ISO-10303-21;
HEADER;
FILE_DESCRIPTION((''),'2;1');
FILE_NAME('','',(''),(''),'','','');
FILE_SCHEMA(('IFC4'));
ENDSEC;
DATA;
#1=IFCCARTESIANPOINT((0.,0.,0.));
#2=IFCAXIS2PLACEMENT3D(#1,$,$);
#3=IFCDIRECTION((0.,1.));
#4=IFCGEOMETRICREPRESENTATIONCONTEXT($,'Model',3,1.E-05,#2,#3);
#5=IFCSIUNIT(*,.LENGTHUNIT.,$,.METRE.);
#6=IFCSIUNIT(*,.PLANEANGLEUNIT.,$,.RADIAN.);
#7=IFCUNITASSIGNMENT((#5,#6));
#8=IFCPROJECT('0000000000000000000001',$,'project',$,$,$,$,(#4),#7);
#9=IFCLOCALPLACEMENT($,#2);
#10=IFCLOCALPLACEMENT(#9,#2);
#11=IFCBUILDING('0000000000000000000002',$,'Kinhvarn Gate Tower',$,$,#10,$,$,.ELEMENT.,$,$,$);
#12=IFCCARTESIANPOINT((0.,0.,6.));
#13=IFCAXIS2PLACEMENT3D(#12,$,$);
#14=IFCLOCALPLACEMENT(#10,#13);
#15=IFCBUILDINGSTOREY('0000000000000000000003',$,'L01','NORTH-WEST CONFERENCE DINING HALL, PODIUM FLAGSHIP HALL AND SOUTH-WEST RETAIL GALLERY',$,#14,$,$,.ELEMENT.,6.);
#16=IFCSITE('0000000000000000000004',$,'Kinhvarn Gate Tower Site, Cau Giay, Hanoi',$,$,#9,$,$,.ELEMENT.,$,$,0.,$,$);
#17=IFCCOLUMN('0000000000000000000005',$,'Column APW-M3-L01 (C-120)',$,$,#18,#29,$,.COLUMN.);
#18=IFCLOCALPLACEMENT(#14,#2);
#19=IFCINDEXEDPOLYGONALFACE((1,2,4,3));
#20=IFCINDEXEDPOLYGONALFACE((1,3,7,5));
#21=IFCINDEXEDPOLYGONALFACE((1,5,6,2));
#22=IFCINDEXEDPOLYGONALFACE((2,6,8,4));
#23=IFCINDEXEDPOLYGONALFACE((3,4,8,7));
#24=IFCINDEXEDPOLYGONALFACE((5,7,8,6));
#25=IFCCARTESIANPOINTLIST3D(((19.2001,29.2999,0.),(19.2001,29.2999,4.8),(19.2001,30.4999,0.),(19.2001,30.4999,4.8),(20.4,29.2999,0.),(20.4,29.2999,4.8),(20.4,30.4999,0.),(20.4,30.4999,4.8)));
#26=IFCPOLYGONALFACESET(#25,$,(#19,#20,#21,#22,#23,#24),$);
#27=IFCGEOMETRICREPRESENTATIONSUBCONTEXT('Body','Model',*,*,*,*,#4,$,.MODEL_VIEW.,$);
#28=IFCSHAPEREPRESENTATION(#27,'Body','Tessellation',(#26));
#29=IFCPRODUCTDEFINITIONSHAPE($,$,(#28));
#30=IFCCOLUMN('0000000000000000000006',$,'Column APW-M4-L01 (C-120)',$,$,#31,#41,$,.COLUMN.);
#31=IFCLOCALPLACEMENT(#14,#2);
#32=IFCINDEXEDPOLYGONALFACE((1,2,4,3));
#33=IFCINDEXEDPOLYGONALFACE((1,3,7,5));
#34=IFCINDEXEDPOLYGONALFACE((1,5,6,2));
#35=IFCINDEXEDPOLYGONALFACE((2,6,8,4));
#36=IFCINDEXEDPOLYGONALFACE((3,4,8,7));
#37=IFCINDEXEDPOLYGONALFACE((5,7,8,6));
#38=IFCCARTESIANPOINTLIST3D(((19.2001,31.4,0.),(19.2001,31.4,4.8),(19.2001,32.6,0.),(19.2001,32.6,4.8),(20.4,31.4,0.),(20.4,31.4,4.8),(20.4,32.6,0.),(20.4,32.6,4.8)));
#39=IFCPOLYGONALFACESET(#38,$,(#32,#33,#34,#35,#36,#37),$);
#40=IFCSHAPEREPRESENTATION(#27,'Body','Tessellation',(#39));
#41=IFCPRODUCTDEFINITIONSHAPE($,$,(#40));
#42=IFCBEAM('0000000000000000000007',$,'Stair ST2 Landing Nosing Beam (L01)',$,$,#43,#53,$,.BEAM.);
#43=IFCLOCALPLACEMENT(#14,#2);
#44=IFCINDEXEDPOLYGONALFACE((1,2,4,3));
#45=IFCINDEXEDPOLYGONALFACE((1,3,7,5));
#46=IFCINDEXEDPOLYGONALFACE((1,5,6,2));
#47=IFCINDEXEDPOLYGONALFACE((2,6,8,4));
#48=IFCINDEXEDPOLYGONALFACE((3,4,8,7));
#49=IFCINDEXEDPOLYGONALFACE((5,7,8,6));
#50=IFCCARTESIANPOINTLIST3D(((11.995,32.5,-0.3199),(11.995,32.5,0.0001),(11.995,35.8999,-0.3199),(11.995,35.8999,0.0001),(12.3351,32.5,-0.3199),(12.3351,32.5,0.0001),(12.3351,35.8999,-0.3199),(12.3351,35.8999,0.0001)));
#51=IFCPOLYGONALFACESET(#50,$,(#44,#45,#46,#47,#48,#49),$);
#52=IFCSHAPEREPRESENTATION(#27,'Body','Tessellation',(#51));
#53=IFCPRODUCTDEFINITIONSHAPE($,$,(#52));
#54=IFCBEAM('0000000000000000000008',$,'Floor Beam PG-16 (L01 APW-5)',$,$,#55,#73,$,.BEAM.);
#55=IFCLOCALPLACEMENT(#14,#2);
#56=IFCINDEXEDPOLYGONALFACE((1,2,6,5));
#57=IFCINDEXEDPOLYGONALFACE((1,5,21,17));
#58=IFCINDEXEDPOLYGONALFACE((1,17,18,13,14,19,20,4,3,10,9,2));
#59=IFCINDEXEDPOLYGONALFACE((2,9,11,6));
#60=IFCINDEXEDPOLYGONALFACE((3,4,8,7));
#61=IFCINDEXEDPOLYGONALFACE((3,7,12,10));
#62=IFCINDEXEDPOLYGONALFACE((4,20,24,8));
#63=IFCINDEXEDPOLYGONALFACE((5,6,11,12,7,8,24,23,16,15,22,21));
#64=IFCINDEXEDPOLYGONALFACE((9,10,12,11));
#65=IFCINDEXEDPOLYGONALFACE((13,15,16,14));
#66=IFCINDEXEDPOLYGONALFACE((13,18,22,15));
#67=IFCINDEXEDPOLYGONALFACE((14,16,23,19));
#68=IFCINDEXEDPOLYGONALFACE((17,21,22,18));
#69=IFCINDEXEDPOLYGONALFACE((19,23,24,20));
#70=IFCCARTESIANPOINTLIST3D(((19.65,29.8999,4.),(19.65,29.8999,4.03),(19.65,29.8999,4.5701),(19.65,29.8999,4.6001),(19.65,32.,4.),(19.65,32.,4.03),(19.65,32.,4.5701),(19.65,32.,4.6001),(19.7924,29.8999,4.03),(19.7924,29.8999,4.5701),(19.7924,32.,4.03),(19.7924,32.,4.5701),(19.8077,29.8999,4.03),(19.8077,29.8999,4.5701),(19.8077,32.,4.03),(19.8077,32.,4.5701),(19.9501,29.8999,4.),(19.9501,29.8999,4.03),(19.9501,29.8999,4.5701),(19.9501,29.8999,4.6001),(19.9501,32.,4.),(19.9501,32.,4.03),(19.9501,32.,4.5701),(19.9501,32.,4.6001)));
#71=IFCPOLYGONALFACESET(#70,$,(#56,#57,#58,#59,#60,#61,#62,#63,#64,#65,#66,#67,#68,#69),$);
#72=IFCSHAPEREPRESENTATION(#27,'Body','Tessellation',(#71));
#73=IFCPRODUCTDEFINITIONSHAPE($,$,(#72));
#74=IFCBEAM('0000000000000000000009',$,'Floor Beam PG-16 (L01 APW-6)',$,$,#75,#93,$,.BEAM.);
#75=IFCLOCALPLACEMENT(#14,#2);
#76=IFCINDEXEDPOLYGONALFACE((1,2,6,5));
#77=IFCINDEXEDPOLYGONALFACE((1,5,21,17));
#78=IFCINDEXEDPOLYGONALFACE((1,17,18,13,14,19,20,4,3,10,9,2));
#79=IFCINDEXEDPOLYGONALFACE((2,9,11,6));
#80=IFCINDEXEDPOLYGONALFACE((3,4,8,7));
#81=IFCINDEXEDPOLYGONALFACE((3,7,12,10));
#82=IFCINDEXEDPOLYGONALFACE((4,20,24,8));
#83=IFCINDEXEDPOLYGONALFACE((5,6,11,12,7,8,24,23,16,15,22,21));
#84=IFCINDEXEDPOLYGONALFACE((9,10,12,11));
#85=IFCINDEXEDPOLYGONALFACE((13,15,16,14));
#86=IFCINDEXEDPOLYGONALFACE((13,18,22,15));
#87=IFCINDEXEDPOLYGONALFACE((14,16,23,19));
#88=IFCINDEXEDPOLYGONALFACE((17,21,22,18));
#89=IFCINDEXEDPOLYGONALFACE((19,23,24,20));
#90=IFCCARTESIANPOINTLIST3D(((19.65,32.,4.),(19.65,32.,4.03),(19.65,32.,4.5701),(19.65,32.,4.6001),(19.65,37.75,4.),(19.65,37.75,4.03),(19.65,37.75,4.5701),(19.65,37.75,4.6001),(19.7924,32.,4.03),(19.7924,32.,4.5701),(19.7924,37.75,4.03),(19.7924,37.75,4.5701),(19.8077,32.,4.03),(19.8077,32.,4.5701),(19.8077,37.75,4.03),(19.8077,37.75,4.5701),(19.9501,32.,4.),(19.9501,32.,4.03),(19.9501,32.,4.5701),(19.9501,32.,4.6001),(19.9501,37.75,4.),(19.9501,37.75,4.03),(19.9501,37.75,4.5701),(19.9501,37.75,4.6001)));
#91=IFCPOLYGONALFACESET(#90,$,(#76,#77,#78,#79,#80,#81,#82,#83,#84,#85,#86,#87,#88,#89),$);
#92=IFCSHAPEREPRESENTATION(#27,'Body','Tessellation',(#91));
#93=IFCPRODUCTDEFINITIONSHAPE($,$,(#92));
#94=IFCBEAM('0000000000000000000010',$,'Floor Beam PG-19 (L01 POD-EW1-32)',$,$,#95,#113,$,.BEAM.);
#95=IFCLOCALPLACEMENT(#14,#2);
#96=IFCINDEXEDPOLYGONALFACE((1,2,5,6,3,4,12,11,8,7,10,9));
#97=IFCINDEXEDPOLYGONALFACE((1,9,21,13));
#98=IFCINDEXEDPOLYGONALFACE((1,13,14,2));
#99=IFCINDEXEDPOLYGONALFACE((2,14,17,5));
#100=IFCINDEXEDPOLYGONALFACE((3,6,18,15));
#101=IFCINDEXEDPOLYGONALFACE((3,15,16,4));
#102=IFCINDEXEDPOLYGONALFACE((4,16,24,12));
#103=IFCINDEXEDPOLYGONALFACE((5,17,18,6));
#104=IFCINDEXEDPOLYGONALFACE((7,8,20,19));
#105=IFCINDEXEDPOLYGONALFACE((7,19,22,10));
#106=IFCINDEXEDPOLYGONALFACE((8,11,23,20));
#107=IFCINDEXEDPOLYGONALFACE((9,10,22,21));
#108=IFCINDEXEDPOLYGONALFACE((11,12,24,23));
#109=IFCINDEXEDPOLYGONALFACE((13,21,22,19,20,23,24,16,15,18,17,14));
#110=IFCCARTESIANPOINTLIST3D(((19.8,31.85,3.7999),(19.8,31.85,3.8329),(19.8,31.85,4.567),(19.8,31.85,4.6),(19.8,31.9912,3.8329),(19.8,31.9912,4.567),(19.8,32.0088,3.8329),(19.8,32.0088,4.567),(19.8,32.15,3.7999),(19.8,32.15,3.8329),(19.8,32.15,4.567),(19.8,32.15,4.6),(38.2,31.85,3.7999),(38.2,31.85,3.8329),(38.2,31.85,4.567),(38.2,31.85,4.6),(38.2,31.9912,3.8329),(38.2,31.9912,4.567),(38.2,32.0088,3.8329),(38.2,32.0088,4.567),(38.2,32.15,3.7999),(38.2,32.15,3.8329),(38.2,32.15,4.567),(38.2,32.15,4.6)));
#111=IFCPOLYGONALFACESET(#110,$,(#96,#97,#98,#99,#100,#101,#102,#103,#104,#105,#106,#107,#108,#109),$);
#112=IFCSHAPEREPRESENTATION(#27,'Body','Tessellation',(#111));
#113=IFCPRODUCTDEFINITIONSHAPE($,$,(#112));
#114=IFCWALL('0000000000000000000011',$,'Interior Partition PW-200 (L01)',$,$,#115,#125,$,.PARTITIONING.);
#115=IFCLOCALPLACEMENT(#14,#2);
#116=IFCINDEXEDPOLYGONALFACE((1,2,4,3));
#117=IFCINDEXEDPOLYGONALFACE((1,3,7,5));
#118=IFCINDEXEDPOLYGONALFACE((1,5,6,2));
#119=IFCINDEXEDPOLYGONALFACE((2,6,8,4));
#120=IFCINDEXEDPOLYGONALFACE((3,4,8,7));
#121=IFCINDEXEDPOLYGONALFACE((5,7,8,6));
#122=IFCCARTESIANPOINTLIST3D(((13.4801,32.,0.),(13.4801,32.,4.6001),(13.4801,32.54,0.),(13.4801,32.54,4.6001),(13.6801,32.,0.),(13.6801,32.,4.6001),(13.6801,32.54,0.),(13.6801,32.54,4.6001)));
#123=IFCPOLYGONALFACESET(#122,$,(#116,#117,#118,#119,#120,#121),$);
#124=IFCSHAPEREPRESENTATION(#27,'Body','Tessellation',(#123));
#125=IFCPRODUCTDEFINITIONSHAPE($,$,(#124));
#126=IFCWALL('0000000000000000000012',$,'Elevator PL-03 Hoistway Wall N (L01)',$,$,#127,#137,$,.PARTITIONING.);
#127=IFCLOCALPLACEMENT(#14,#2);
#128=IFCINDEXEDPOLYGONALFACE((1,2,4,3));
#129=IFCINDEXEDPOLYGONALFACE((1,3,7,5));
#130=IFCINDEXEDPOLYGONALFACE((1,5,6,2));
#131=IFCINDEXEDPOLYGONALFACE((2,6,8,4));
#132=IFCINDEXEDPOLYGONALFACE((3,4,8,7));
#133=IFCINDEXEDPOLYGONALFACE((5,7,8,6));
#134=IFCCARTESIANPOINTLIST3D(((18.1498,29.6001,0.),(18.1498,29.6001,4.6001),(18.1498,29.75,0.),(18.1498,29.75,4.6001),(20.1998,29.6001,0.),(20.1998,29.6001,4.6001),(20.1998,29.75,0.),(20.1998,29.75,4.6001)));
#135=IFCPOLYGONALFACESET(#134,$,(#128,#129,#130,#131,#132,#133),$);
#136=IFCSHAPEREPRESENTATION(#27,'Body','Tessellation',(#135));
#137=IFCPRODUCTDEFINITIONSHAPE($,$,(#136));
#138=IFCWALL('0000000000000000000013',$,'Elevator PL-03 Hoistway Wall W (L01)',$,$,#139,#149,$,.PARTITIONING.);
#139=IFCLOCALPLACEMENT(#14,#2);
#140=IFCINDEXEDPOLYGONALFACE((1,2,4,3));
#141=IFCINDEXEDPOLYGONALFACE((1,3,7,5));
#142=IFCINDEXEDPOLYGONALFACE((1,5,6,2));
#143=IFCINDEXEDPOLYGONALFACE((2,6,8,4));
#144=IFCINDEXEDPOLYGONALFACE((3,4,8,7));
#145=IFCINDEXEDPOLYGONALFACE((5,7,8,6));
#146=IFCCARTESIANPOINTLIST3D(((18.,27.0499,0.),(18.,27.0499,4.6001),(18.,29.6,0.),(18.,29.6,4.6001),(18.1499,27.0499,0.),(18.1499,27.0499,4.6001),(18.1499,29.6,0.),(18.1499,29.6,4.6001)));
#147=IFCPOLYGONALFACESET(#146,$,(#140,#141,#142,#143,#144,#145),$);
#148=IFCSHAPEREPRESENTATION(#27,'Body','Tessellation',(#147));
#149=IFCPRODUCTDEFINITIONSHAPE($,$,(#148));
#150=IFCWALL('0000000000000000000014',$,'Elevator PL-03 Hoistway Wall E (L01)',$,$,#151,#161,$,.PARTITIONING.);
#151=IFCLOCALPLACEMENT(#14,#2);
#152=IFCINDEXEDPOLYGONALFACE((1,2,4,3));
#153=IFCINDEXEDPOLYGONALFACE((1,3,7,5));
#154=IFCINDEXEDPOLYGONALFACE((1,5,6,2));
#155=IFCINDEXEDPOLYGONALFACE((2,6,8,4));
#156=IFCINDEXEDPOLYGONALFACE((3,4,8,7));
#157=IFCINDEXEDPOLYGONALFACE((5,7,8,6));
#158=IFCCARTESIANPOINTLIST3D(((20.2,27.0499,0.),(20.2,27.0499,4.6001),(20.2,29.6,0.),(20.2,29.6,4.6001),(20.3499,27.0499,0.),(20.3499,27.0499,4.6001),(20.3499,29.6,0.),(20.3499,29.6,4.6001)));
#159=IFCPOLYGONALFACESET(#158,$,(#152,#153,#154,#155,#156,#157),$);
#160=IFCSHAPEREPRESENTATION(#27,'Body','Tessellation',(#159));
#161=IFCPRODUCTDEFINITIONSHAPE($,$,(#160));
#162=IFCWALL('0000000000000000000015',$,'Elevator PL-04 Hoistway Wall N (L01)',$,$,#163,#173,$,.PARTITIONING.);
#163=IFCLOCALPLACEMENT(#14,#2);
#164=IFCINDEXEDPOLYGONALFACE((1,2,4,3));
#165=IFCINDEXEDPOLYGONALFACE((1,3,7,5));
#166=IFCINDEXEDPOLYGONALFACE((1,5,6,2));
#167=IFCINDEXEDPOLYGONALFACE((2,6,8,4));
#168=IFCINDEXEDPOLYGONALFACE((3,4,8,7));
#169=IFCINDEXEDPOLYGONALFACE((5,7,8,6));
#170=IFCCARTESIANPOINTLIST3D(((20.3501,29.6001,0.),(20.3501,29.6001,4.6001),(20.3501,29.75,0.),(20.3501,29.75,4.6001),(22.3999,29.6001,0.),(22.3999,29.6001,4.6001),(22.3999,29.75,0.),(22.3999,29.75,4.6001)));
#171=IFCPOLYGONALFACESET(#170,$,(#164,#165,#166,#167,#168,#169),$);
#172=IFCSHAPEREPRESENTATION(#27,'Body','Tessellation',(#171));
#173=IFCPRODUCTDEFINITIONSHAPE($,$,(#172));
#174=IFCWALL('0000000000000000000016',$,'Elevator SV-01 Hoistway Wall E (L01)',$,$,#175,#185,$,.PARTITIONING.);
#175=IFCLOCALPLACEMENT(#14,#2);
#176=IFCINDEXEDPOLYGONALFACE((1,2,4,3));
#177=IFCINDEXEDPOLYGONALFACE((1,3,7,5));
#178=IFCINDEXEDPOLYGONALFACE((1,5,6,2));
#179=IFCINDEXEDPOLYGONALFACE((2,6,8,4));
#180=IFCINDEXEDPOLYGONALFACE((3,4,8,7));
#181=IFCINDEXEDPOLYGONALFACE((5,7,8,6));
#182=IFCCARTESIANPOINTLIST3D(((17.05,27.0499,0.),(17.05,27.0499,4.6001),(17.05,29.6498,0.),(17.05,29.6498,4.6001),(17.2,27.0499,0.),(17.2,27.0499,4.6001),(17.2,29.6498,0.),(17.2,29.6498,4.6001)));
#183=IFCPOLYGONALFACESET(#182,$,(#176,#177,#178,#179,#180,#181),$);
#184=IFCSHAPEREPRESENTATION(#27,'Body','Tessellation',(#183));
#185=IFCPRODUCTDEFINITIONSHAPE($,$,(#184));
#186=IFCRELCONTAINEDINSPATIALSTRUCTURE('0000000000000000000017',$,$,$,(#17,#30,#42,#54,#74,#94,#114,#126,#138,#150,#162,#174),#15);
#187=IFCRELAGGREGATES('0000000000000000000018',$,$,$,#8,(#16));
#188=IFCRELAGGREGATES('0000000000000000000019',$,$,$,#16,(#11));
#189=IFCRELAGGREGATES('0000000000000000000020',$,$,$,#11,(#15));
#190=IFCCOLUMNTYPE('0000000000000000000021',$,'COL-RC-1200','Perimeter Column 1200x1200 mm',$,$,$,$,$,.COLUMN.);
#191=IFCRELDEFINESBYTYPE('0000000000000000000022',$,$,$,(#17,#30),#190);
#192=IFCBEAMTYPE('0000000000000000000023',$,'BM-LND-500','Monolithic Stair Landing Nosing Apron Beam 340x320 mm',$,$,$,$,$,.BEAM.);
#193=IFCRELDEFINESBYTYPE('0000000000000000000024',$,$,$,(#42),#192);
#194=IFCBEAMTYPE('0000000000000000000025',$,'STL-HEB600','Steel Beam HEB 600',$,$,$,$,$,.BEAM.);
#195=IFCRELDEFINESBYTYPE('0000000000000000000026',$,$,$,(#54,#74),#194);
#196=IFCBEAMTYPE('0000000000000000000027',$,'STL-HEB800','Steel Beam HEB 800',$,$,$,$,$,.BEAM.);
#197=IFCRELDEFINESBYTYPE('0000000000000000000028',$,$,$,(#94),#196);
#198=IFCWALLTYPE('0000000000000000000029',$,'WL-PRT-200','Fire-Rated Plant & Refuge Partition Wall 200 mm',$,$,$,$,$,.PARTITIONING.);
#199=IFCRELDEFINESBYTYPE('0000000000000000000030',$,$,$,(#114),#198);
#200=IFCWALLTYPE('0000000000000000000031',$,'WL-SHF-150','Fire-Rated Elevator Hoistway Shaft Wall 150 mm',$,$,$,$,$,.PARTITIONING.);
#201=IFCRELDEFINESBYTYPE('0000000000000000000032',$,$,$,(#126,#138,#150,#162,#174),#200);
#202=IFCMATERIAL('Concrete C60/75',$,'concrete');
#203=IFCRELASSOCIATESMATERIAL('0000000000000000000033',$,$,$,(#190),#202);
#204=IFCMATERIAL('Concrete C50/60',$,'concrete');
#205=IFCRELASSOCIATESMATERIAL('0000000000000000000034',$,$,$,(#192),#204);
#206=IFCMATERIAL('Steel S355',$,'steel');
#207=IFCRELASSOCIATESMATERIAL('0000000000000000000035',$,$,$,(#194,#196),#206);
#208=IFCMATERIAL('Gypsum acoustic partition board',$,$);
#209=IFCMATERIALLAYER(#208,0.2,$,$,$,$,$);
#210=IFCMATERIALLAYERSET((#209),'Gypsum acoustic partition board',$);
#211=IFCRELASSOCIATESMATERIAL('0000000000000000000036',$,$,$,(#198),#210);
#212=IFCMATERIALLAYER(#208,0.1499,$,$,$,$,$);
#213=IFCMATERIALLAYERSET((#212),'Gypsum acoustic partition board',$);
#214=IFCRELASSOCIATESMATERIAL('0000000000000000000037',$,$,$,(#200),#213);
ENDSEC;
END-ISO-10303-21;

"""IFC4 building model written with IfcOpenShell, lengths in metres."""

from ifc_helpers import new_model, si_unit, direction, frame, frame_2d, origin, origin_2d, place, context, subcontext, project, spatial, rectangle, i_section, extrude, material, layer, layer_set, material_profile, profile_set, type_object, element, save


model = new_model("IFC4")

# Units and contexts
model_context = context("Model", 3, precision=1e-05, world=origin(), true_north=direction((0.0, 1.0)))
body_context = subcontext(model_context, "Body", "Model", "MODEL_VIEW")
ifc_project = project(units=[si_unit("LENGTHUNIT", "METRE"), si_unit("PLANEANGLEUNIT", "RADIAN")], contexts=[model_context])

# Site, building, storey
site_placement = place(None, origin())
site = spatial("IfcSite", under=ifc_project, at=site_placement, Name="Kinhvarn Gate Tower Site, Cau Giay, Hanoi", CompositionType="ELEMENT", RefElevation=0.0)
building_placement = place(site_placement, origin())
building = spatial("IfcBuilding", under=site, at=building_placement, Name="Kinhvarn Gate Tower", CompositionType="ELEMENT")
storey_placement = place(building_placement, frame((0.0, 0.0, 6.0)))
storey = spatial("IfcBuildingStorey", under=building, at=storey_placement, Name="L01", Description="NORTH-WEST CONFERENCE DINING HALL, PODIUM FLAGSHIP HALL AND SOUTH-WEST RETAIL GALLERY", CompositionType="ELEMENT", Elevation=6.0)

# Columns
ifc_material_1 = material(Name="Concrete C60/75", Category="concrete")
ifc_material_profile_1 = material_profile(ifc_material_1, rectangle(XDim=1.2, YDim=1.2, at=origin_2d()), Name="RC 1200x1200")
ifc_profile_set_1 = profile_set([ifc_material_profile_1], Name="Concrete C60/75")
column_type = type_object("IfcColumnType", Name="COL-RC-1200", Description="Perimeter Column 1200x1200 mm", PredefinedType="COLUMN", material=ifc_profile_set_1)
for number, where, z_axis, x_axis, name in (
    (1, (19.8, 29.8999, 0.0), (0.0, 0.0, 1.0), (1.0, 0.0, 0.0), "Column APW-M3-L01 (C-120)"),
    (2, (19.8, 32.0, 0.0), (0.0, 0.0, 1.0), (1.0, 0.0, 0.0), "Column APW-M4-L01 (C-120)"),
):
    element("IfcColumn", number, at=place(storey_placement, frame(where, z_axis=z_axis, x_axis=x_axis)), inside=storey, type_object=column_type, Name=name, PredefinedType="COLUMN", context=body_context, shape_type="SweptSolid", body=[
        extrude(rectangle(XDim=1.2, YDim=1.2, at=origin_2d()), origin(), (0.0, 0.0, 1.0), 4.8),
    ])

# Beams
ifc_material_2 = material(Name="Concrete C50/60", Category="concrete")
ifc_material_profile_2 = material_profile(ifc_material_2, rectangle(XDim=0.3401, YDim=0.3201, at=origin_2d()), Name="RC 340x320")
ifc_profile_set_2 = profile_set([ifc_material_profile_2], Name="Concrete C50/60")
beam_type_1 = type_object("IfcBeamType", Name="BM-LND-500", Description="Monolithic Stair Landing Nosing Apron Beam 340x320 mm", PredefinedType="BEAM", material=ifc_profile_set_2)
beam_1_placement = place(storey_placement, frame((12.165, 32.5, -0.1599), z_axis=(0.0, 1.0, 0.0), x_axis=(-1.0, 0.0, 0.0)))
element("IfcBeam", 3, at=beam_1_placement, inside=storey, type_object=beam_type_1, Name="Stair ST2 Landing Nosing Beam (L01)", PredefinedType="BEAM", context=body_context, shape_type="SweptSolid", body=[
    extrude(rectangle(XDim=0.3401, YDim=0.3201, at=origin_2d()), origin(), (0.0, 0.0, 1.0), 3.3999),
])
ifc_material_3 = material(Name="Steel S355", Category="steel")
ifc_material_profile_3 = material_profile(ifc_material_3, i_section(OverallWidth=0.3, OverallDepth=0.6001, WebThickness=0.0154, FlangeThickness=0.03, at=origin_2d()), Name="HEB 600")
ifc_profile_set_3 = profile_set([ifc_material_profile_3], Name="Steel S355")
beam_type_2 = type_object("IfcBeamType", Name="STL-HEB600", Description="Steel Beam HEB 600", PredefinedType="BEAM", material=ifc_profile_set_3)
beam_2_placement = place(storey_placement, frame((19.8, 29.8999, 4.3), z_axis=(0.0, 1.0, 0.0), x_axis=(-1.0, 0.0, 0.0)))
element("IfcBeam", 4, at=beam_2_placement, inside=storey, type_object=beam_type_2, Name="Floor Beam PG-16 (L01 APW-5)", PredefinedType="BEAM", context=body_context, shape_type="SweptSolid", body=[
    extrude(i_section(OverallWidth=0.3, OverallDepth=0.6001, WebThickness=0.0154, FlangeThickness=0.03, at=origin_2d()), origin(), (0.0, 0.0, 1.0), 2.1001),
])
beam_3_placement = place(storey_placement, frame((19.8, 32.0, 4.3), z_axis=(0.0, 1.0, 0.0), x_axis=(-1.0, 0.0, 0.0)))
element("IfcBeam", 5, at=beam_3_placement, inside=storey, type_object=beam_type_2, Name="Floor Beam PG-16 (L01 APW-6)", PredefinedType="BEAM", context=body_context, shape_type="SweptSolid", body=[
    extrude(i_section(OverallWidth=0.3, OverallDepth=0.6001, WebThickness=0.0154, FlangeThickness=0.03, at=origin_2d()), origin(), (0.0, 0.0, 1.0), 5.75),
])
ifc_material_profile_4 = material_profile(ifc_material_3, i_section(OverallWidth=0.3, OverallDepth=0.8, WebThickness=0.0176, FlangeThickness=0.033, at=origin_2d()), Name="HEB 800")
ifc_profile_set_4 = profile_set([ifc_material_profile_4], Name="Steel S355")
beam_type_3 = type_object("IfcBeamType", Name="STL-HEB800", Description="Steel Beam HEB 800", PredefinedType="BEAM", material=ifc_profile_set_4)
beam_4_placement = place(storey_placement, frame((19.8, 32.0, 4.2), z_axis=(1.0, 0.0, 0.0), x_axis=(0.0, 1.0, 0.0)))
element("IfcBeam", 6, at=beam_4_placement, inside=storey, type_object=beam_type_3, Name="Floor Beam PG-19 (L01 POD-EW1-32)", PredefinedType="BEAM", context=body_context, shape_type="SweptSolid", body=[
    extrude(i_section(OverallWidth=0.3, OverallDepth=0.8, WebThickness=0.0176, FlangeThickness=0.033, at=origin_2d()), origin(), (0.0, 0.0, 1.0), 18.3999),
])

# Walls
ifc_material_4 = material(Name="Gypsum acoustic partition board")
ifc_layer_1 = layer(ifc_material_4, 0.2)
ifc_layer_set_1 = layer_set([ifc_layer_1], Name="Gypsum acoustic partition board")
wall_type_1 = type_object("IfcWallType", Name="WL-PRT-200", Description="Fire-Rated Plant & Refuge Partition Wall 200 mm", PredefinedType="PARTITIONING", material=ifc_layer_set_1)
wall_1_placement = place(storey_placement, frame((13.5801, 32.0, 0.0), z_axis=(0.0, 0.0, 1.0), x_axis=(0.0, 1.0, 0.0)))
element("IfcWall", 7, at=wall_1_placement, inside=storey, type_object=wall_type_1, Name="Interior Partition PW-200 (L01)", PredefinedType="PARTITIONING", context=body_context, shape_type="SweptSolid", body=[
    extrude(rectangle(XDim=0.54, YDim=0.2, at=frame_2d((0.27, 0.0))), origin(), (0.0, 0.0, 1.0), 4.6001),
])
ifc_layer_2 = layer(ifc_material_4, 0.1499)
ifc_layer_set_2 = layer_set([ifc_layer_2], Name="Gypsum acoustic partition board")
wall_type_2 = type_object("IfcWallType", Name="WL-SHF-150", Description="Fire-Rated Elevator Hoistway Shaft Wall 150 mm", PredefinedType="PARTITIONING", material=ifc_layer_set_2)
wall_2_placement = place(storey_placement, frame((18.1499, 29.675, 0.0), z_axis=(0.0, 0.0, 1.0), x_axis=(1.0, 0.0, 0.0)))
element("IfcWall", 8, at=wall_2_placement, inside=storey, type_object=wall_type_2, Name="Elevator PL-03 Hoistway Wall N (L01)", PredefinedType="PARTITIONING", context=body_context, shape_type="SweptSolid", body=[
    extrude(rectangle(XDim=2.05, YDim=0.1499, at=frame_2d((1.0249, 0.0))), origin(), (0.0, 0.0, 1.0), 4.6001),
])
for number, where, z_axis, x_axis, name in (
    (9, (18.075, 27.05, 0.0), (0.0, 0.0, 1.0), (0.0, 1.0, 0.0), "Elevator PL-03 Hoistway Wall W (L01)"),
    (10, (20.2749, 27.05, 0.0), (0.0, 0.0, 1.0), (0.0, 1.0, 0.0), "Elevator PL-03 Hoistway Wall E (L01)"),
):
    element("IfcWall", number, at=place(storey_placement, frame(where, z_axis=z_axis, x_axis=x_axis)), inside=storey, type_object=wall_type_2, Name=name, PredefinedType="PARTITIONING", context=body_context, shape_type="SweptSolid", body=[
        extrude(rectangle(XDim=2.55, YDim=0.1499, at=frame_2d((1.2749, 0.0))), origin(), (0.0, 0.0, 1.0), 4.6001),
    ])
wall_3_placement = place(storey_placement, frame((20.3501, 29.675, 0.0), z_axis=(0.0, 0.0, 1.0), x_axis=(1.0, 0.0, 0.0)))
element("IfcWall", 11, at=wall_3_placement, inside=storey, type_object=wall_type_2, Name="Elevator PL-04 Hoistway Wall N (L01)", PredefinedType="PARTITIONING", context=body_context, shape_type="SweptSolid", body=[
    extrude(rectangle(XDim=2.0498, YDim=0.1499, at=frame_2d((1.0249, 0.0))), origin(), (0.0, 0.0, 1.0), 4.6001),
])
wall_4_placement = place(storey_placement, frame((17.125, 27.05, 0.0), z_axis=(0.0, 0.0, 1.0), x_axis=(0.0, 1.0, 0.0)))
element("IfcWall", 12, at=wall_4_placement, inside=storey, type_object=wall_type_2, Name="Elevator SV-01 Hoistway Wall E (L01)", PredefinedType="PARTITIONING", context=body_context, shape_type="SweptSolid", body=[
    extrude(rectangle(XDim=2.5999, YDim=0.1499, at=frame_2d((1.2998, 0.0))), origin(), (0.0, 0.0, 1.0), 4.6001),
])

save(model, "model.ifc")
